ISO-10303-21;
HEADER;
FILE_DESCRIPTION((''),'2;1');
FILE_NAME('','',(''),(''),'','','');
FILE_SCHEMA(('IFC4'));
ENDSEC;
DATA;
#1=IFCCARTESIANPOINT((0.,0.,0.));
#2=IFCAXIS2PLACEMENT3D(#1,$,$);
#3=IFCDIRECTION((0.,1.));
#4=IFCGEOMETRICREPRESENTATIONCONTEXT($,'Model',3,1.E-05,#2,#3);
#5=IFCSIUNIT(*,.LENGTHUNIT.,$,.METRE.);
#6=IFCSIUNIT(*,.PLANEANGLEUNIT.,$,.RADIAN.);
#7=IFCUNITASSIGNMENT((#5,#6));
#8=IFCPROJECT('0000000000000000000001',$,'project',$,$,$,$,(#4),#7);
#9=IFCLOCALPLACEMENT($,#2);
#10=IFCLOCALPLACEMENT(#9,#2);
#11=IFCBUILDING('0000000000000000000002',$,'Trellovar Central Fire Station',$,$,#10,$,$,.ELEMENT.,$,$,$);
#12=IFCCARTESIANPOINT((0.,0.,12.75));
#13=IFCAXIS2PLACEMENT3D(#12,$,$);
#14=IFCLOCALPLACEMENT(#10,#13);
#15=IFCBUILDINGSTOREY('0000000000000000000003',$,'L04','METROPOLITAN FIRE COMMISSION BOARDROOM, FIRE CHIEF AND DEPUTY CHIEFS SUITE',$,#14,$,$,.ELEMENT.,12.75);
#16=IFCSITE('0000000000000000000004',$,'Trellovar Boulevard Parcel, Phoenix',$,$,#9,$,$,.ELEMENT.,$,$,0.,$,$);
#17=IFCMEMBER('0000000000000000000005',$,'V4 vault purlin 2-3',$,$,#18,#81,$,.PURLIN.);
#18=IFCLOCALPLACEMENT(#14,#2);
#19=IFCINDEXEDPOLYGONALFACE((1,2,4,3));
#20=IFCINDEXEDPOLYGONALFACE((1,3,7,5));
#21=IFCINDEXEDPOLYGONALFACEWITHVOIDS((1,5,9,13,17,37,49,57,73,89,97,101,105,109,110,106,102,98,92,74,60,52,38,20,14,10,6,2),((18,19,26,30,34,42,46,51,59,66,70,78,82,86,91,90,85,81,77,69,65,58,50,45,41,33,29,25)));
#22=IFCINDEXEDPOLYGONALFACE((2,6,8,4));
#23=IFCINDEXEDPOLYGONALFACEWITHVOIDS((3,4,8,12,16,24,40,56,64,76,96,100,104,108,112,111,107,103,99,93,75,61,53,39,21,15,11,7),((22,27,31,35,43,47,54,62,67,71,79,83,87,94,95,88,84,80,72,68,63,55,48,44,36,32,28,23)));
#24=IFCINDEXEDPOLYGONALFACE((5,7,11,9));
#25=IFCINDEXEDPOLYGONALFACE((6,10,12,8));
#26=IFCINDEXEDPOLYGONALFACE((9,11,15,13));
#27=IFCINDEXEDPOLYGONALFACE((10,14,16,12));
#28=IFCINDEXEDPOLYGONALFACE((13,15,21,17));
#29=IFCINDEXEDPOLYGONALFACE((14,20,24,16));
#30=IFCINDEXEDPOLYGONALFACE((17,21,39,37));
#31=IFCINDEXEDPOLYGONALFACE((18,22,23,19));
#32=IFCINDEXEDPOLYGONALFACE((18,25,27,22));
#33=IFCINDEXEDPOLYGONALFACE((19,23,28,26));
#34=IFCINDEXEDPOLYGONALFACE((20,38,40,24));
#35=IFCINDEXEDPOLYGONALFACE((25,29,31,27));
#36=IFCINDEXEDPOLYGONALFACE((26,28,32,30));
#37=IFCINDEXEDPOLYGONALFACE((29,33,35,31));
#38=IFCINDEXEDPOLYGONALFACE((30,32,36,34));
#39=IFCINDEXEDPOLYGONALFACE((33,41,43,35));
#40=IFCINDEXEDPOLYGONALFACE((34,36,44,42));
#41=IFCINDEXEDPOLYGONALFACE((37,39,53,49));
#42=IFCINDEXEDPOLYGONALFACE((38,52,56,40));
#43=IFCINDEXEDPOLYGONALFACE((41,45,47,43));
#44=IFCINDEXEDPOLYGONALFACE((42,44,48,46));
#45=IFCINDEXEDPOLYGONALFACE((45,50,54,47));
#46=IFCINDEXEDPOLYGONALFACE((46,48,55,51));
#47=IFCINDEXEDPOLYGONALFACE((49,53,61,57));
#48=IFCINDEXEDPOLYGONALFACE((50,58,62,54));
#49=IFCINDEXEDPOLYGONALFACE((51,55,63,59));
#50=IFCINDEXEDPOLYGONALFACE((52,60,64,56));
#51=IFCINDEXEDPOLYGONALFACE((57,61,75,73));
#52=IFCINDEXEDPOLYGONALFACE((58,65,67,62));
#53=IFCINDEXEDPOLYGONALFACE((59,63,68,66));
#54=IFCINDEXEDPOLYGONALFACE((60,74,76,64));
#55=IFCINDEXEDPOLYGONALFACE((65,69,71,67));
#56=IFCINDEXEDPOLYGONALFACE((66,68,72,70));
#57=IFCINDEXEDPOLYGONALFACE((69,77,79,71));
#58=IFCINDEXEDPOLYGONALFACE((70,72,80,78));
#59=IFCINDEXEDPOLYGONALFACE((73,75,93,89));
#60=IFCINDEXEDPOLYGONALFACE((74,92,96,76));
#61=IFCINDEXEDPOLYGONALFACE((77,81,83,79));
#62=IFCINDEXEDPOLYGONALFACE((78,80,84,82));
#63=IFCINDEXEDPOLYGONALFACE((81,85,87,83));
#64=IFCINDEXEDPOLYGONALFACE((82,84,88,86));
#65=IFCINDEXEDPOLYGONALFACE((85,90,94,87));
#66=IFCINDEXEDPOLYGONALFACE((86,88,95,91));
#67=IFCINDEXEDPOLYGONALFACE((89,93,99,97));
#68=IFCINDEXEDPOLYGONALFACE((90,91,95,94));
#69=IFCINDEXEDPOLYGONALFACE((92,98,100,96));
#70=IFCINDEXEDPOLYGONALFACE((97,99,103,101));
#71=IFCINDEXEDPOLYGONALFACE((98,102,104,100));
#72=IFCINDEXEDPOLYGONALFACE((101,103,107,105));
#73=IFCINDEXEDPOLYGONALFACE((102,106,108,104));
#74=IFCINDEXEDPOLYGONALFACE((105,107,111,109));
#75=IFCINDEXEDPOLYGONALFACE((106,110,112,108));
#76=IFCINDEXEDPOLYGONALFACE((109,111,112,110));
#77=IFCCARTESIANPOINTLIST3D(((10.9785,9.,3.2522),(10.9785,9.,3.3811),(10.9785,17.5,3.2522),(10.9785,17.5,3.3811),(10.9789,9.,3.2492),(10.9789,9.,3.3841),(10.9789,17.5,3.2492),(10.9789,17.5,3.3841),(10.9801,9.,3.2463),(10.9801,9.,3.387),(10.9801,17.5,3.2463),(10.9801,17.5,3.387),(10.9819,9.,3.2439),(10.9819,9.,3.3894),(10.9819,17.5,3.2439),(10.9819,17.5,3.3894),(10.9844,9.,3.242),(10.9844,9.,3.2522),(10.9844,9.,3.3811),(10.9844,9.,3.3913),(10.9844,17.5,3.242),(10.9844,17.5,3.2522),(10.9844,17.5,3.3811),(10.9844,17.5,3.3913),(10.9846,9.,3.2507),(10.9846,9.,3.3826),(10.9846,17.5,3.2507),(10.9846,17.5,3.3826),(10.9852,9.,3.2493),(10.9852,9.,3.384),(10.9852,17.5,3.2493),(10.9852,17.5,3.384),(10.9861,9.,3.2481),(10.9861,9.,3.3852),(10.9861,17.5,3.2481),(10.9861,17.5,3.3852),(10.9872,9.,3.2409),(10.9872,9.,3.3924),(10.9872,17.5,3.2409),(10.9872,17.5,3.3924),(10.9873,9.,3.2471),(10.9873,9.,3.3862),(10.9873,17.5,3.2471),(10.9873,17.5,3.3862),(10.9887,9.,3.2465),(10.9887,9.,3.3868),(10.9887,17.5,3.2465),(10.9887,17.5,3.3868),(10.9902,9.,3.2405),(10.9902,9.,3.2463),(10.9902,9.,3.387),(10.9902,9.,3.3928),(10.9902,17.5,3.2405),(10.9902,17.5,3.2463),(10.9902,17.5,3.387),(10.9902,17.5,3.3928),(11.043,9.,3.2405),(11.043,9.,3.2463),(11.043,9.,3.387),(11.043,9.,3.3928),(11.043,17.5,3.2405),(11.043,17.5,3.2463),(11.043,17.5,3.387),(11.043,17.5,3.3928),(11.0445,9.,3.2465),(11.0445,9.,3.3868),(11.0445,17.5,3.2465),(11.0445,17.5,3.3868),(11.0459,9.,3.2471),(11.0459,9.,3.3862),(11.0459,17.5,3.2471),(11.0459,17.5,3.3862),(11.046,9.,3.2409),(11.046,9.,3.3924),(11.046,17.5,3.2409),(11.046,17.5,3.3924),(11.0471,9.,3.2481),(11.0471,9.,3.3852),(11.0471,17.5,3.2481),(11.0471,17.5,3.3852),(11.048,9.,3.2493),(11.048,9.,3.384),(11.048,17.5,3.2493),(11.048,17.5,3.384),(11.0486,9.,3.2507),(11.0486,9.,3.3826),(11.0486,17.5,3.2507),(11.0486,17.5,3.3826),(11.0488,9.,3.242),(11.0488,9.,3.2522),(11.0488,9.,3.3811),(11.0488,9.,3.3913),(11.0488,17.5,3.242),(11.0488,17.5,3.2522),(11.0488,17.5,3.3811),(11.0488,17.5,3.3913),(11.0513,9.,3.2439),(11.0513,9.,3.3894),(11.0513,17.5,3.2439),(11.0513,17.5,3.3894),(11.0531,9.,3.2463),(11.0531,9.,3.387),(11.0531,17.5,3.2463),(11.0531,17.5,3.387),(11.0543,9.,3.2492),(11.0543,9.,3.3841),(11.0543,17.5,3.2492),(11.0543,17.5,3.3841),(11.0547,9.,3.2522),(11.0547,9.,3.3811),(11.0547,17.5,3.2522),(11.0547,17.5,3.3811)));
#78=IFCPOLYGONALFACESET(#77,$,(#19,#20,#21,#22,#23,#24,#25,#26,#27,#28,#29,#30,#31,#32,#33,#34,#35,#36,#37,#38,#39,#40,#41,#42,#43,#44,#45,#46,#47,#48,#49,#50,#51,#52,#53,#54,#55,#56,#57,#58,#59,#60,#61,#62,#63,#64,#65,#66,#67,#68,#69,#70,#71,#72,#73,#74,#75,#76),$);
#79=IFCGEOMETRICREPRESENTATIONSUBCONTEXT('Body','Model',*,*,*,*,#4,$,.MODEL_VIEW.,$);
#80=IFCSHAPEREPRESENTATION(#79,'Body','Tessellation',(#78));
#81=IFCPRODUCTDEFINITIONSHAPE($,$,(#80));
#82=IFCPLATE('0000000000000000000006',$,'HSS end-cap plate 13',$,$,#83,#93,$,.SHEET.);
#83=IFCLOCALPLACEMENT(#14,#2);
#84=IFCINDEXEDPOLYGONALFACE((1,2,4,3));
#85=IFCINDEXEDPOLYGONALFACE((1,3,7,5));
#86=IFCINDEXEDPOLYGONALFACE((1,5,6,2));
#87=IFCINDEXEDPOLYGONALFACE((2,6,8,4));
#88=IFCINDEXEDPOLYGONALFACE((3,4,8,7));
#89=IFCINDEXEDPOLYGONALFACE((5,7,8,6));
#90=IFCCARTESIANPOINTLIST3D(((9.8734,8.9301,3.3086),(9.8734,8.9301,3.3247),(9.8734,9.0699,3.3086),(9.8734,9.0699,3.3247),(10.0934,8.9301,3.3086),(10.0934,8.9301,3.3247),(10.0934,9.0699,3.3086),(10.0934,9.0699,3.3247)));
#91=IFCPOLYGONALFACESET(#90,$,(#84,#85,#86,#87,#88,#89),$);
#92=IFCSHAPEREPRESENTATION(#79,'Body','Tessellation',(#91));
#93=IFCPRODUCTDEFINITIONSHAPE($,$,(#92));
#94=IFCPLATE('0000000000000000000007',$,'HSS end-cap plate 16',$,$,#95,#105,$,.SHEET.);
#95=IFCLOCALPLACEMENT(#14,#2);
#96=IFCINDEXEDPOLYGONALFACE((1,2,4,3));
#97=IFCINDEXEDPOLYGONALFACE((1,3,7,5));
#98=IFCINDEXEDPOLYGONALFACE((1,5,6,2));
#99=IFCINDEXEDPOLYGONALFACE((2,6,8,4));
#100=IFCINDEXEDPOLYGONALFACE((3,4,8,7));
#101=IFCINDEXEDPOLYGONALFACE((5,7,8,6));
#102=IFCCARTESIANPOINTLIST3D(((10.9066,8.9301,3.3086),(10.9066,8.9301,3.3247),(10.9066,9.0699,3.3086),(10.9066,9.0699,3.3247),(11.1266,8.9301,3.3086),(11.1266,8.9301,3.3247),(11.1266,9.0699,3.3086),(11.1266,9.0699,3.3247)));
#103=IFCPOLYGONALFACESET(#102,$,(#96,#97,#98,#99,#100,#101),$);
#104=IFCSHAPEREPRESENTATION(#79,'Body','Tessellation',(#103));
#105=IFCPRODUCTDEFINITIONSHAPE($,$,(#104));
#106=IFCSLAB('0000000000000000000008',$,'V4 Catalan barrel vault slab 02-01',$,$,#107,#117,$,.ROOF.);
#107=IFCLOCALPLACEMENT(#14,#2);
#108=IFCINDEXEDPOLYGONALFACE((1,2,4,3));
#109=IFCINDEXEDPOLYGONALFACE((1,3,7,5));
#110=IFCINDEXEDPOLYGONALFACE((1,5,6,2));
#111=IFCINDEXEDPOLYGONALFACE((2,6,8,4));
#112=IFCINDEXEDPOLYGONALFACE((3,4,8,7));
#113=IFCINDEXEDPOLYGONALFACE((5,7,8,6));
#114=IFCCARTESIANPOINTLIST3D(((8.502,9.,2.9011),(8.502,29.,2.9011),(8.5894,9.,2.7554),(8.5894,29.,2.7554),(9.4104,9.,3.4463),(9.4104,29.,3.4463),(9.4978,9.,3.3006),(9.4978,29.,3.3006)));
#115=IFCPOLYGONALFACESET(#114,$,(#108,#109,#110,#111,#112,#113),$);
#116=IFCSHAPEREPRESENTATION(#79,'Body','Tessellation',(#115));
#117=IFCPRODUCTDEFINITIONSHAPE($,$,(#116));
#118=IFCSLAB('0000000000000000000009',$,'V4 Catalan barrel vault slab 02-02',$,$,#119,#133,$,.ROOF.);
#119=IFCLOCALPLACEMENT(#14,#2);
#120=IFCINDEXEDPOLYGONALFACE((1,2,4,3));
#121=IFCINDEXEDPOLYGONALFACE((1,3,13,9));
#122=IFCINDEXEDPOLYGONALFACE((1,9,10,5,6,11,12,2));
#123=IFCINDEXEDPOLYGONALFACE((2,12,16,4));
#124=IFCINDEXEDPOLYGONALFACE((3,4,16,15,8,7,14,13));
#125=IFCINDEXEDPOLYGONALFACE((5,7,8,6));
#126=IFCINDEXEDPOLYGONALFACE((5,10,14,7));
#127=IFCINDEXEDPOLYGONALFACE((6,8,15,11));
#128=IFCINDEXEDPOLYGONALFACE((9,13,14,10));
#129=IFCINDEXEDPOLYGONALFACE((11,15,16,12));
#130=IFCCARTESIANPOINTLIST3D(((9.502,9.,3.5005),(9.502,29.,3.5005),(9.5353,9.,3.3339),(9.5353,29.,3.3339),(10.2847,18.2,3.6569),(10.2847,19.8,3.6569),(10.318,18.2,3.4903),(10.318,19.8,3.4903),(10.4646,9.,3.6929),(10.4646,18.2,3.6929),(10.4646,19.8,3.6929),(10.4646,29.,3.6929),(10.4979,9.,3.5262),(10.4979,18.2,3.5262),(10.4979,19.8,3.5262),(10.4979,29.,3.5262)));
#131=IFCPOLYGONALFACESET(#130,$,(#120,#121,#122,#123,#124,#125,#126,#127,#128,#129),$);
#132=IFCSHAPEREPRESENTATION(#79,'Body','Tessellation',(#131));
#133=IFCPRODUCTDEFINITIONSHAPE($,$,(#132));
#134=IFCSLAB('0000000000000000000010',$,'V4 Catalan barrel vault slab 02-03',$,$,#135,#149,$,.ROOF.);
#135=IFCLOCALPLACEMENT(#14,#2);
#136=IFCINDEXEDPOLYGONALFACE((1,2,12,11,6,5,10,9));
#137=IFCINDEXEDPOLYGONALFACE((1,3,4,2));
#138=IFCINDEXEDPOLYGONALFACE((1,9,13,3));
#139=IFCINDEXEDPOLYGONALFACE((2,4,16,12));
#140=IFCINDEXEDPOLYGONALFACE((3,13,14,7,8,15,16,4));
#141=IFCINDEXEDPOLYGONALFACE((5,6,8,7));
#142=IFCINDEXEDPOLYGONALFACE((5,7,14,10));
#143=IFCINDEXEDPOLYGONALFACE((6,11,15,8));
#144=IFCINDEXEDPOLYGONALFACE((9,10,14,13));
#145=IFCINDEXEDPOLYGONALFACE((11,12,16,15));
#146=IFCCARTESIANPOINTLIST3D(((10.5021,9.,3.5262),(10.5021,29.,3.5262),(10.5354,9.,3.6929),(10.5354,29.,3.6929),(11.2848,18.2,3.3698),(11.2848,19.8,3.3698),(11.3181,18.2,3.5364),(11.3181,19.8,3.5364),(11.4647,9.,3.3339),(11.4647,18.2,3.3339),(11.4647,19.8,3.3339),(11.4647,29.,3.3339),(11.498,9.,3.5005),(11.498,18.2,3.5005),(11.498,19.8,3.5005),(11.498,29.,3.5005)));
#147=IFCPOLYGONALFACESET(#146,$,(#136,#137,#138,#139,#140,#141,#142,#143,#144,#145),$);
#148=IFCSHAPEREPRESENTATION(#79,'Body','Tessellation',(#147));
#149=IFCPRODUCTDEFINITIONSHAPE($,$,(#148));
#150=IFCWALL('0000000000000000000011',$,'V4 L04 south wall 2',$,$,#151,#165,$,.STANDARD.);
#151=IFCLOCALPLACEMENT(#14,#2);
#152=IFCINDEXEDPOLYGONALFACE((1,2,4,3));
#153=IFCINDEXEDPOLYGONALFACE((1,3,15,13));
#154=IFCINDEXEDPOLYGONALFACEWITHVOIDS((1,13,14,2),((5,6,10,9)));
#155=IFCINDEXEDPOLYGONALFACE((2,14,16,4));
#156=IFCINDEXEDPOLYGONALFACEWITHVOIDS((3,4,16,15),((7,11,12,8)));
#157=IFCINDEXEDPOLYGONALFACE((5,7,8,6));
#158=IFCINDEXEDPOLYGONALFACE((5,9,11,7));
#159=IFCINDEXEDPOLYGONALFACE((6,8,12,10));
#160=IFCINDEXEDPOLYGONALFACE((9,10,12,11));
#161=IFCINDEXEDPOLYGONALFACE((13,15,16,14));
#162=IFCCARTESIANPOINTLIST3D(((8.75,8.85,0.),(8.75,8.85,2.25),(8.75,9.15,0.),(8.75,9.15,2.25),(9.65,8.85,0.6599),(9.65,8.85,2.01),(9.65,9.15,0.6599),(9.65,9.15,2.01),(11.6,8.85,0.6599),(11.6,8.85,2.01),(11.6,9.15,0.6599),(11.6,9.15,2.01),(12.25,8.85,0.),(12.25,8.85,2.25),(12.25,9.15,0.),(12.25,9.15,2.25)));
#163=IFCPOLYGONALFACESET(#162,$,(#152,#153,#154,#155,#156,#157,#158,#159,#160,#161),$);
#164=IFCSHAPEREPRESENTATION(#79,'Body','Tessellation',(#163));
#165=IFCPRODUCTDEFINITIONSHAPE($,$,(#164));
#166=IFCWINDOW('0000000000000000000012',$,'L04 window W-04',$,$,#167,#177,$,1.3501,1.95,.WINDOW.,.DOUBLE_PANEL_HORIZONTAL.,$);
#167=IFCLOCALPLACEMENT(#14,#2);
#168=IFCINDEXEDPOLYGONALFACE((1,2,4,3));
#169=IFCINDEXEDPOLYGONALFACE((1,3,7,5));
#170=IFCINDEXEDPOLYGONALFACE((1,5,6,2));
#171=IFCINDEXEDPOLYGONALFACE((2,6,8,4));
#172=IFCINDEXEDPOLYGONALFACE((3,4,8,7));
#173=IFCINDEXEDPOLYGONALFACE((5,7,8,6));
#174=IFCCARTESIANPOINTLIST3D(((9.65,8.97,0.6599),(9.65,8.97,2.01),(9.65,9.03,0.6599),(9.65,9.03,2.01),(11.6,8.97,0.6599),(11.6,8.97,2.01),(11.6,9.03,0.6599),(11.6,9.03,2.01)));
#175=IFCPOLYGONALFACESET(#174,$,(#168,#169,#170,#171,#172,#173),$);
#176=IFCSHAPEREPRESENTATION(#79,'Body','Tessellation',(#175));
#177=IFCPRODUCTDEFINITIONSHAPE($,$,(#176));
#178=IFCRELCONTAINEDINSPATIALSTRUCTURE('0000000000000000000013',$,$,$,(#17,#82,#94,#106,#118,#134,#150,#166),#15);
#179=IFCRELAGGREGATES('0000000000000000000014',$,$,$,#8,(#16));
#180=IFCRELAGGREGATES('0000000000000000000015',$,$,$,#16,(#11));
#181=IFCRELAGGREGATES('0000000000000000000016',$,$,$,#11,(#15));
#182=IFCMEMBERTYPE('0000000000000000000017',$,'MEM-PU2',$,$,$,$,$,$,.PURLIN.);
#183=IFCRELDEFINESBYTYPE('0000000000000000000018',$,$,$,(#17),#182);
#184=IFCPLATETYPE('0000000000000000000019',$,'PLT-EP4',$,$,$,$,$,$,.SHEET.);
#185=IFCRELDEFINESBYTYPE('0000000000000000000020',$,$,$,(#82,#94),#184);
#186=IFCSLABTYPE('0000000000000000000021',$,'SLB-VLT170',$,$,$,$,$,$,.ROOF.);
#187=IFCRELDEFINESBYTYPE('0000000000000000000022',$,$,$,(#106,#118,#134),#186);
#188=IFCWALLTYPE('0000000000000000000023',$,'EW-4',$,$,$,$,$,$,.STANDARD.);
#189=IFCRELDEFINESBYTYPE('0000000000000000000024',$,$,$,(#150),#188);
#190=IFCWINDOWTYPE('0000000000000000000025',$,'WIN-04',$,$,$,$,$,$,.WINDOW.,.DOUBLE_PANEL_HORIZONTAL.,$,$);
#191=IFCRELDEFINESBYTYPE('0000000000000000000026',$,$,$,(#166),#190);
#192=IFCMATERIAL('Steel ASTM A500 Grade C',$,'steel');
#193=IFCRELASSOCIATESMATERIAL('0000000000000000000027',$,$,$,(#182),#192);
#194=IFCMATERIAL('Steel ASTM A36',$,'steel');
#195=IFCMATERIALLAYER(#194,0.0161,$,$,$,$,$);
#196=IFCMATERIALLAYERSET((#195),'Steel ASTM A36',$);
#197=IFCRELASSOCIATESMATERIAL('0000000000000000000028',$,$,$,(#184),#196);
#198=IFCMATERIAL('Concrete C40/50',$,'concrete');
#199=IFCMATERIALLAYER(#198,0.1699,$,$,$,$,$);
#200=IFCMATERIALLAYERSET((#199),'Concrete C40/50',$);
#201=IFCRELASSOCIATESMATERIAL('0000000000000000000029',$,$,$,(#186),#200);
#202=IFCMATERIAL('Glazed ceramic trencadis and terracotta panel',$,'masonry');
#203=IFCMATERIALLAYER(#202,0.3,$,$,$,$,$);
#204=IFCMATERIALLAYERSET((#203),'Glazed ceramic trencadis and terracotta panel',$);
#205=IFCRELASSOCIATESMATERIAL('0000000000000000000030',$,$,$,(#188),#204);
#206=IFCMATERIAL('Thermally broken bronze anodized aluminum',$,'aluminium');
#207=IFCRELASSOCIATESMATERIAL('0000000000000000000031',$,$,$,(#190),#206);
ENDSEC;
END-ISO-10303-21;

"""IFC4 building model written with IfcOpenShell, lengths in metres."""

from ifc_helpers import new_model, si_unit, direction, frame, frame_2d, origin, origin_2d, place, context, subcontext, project, spatial, polyline, rectangle, hollow_rectangle, outline, extrude, material, layer, layer_set, material_profile, profile_set, type_object, element, fill, save


model = new_model("IFC4")

# Units and contexts
model_context = context("Model", 3, precision=1e-05, world=origin(), true_north=direction((0.0, 1.0)))
body_context = subcontext(model_context, "Body", "Model", "MODEL_VIEW")
ifc_project = project(units=[si_unit("LENGTHUNIT", "METRE"), si_unit("PLANEANGLEUNIT", "RADIAN")], contexts=[model_context])

# Site, building, storey
site_placement = place(None, origin())
site = spatial("IfcSite", under=ifc_project, at=site_placement, Name="Trellovar Boulevard Parcel, Phoenix", CompositionType="ELEMENT", RefElevation=0.0)
building_placement = place(site_placement, origin())
building = spatial("IfcBuilding", under=site, at=building_placement, Name="Trellovar Central Fire Station", CompositionType="ELEMENT")
storey_placement = place(building_placement, frame((0.0, 0.0, 12.75)))
storey = spatial("IfcBuildingStorey", under=building, at=storey_placement, Name="L04", Description="METROPOLITAN FIRE COMMISSION BOARDROOM, FIRE CHIEF AND DEPUTY CHIEFS SUITE", CompositionType="ELEMENT", Elevation=12.75)

# Member
ifc_material_1 = material(Name="Steel ASTM A500 Grade C", Category="steel")
ifc_material_profile_1 = material_profile(ifc_material_1, hollow_rectangle(XDim=0.0762, YDim=0.1523, WallThickness=0.0059, InnerFilletRadius=0.0059, OuterFilletRadius=0.0117, at=origin_2d()), Name="HSS6X3X1/4")
ifc_profile_set_1 = profile_set([ifc_material_profile_1], Name="Steel ASTM A500 Grade C")
member_type_1 = type_object("IfcMemberType", Name="MEM-PU2", PredefinedType="PURLIN", material=ifc_profile_set_1)
for number, where, z_axis, x_axis, name in (
    (1, (11.0166, 9.0, 3.3167), (0.0, 1.0, 0.0), (-1.0, 0.0, 0.0), "V4 vault purlin 2-3"),
):
    element("IfcMember", number, at=place(storey_placement, frame(where, z_axis=z_axis, x_axis=x_axis)), inside=storey, type_object=member_type_1, Name=name, PredefinedType="PURLIN", context=body_context, shape_type="SweptSolid", body=[
        extrude(hollow_rectangle(XDim=0.0762, YDim=0.1523, WallThickness=0.0059, InnerFilletRadius=0.0059, OuterFilletRadius=0.0117, at=origin_2d()), origin(), (0.0, 0.0, 1.0), 8.5),
    ])

# Plates
ifc_material_2 = material(Name="Steel ASTM A36", Category="steel")
ifc_layer_1 = layer(ifc_material_2, 0.0161)
ifc_layer_set_1 = layer_set([ifc_layer_1], Name="Steel ASTM A36")
plate_type = type_object("IfcPlateType", Name="PLT-EP4", PredefinedType="SHEET", material=ifc_layer_set_1)
for number, where, z_axis, x_axis, name in (
    (2, (9.9834, 9.0, 3.3086), (0.0, 0.0, 1.0), (1.0, 0.0, 0.0), "HSS end-cap plate 13"),
    (3, (11.0166, 9.0, 3.3086), (0.0, 0.0, 1.0), (1.0, 0.0, 0.0), "HSS end-cap plate 16"),
):
    element("IfcPlate", number, at=place(storey_placement, frame(where, z_axis=z_axis, x_axis=x_axis)), inside=storey, type_object=plate_type, Name=name, PredefinedType="SHEET", context=body_context, shape_type="SweptSolid", body=[
        extrude(rectangle(XDim=0.22, YDim=0.1399, at=origin_2d()), origin(), (0.0, 0.0, 1.0), 0.0161),
    ])

# Slabs
ifc_material_3 = material(Name="Concrete C40/50", Category="concrete")
ifc_layer_2 = layer(ifc_material_3, 0.1699)
ifc_layer_set_2 = layer_set([ifc_layer_2], Name="Concrete C40/50")
slab_type = type_object("IfcSlabType", Name="SLB-VLT170", PredefinedType="ROOF", material=ifc_layer_set_2)
slab_placement = place(storey_placement, frame((8.502, 9.0, 2.9011), z_axis=(-0.514564, 0.0, 0.857452), x_axis=(0.857452, 0.0, 0.514564)))
element("IfcSlab", 4, at=slab_placement, inside=storey, type_object=slab_type, Name="V4 Catalan barrel vault slab 02-01", PredefinedType="ROOF", context=body_context, shape_type="SweptSolid", body=[
    extrude(outline(polyline([(0.0, 0.0), (1.0595, 0.0), (1.0595, 20.0), (0.0, 20.0), (0.0, 0.0)])), origin(), (0.0, 0.0, -1.0), 0.1699),
])
for number, where, z_axis, x_axis, name in (
    (5, (9.502, 9.0, 3.5005), (-0.195978, 0.0, 0.980608), (0.980608, 0.0, 0.195978), "V4 Catalan barrel vault slab 02-02"),
    (6, (10.5354, 9.0, 3.6929), (0.195978, 0.0, 0.980608), (0.980608, 0.0, -0.195978), "V4 Catalan barrel vault slab 02-03"),
):
    element("IfcSlab", number, at=place(storey_placement, frame(where, z_axis=z_axis, x_axis=x_axis)), inside=storey, type_object=slab_type, Name=name, PredefinedType="ROOF", context=body_context, shape_type="SweptSolid", body=[
        extrude(outline(polyline([(0.0, 0.0), (0.9817, 0.0), (0.9817, 9.2), (0.7982, 9.2), (0.7982, 10.8), (0.9817, 10.8), (0.9817, 20.0), (0.0, 20.0), (0.0, 0.0)])), origin(), (0.0, 0.0, -1.0), 0.1699),
    ])

# Wall, opening, window
ifc_material_4 = material(Name="Glazed ceramic trencadis and terracotta panel", Category="masonry")
ifc_layer_3 = layer(ifc_material_4, 0.3)
ifc_layer_set_3 = layer_set([ifc_layer_3], Name="Glazed ceramic trencadis and terracotta panel")
wall_type_1 = type_object("IfcWallType", Name="EW-4", PredefinedType="STANDARD", material=ifc_layer_set_3)
wall_1_placement = place(storey_placement, frame((8.75, 9.0, 0.0), z_axis=(0.0, 0.0, 1.0), x_axis=(1.0, 0.0, 0.0)))
wall_1 = element("IfcWall", 7, at=wall_1_placement, inside=storey, type_object=wall_type_1, Name="V4 L04 south wall 2", PredefinedType="STANDARD", context=body_context, shape_type="SweptSolid", body=[
    extrude(rectangle(XDim=3.5, YDim=0.3, at=frame_2d((1.75, 0.0))), origin(), (0.0, 0.0, 1.0), 2.25),
])
opening_1_placement = place(wall_1_placement, frame((0.8999, 0.0, 0.6599)))
opening_1 = element("IfcOpeningElement", 8, at=opening_1_placement, cuts=wall_1, PredefinedType="OPENING", context=body_context, shape_type="SweptSolid", body=[
    extrude(rectangle(XDim=1.95, YDim=1.3501, at=frame_2d((0.9751, 0.675))), frame((0.0, 0.1599, 0.0), z_axis=(0.0, -1.0, 0.0), x_axis=(1.0, 0.0, 0.0)), (0.0, 0.0, 1.0), 0.3201),
])
ifc_material_5 = material(Name="Thermally broken bronze anodized aluminum", Category="aluminium")
window_type = type_object("IfcWindowType", Name="WIN-04", PartitioningType="DOUBLE_PANEL_HORIZONTAL", PredefinedType="WINDOW", material=ifc_material_5)
window_placement = place(opening_1_placement, origin())
window = element("IfcWindow", 9, at=window_placement, inside=storey, type_object=window_type, Name="L04 window W-04", OverallHeight=1.3501, OverallWidth=1.95, PartitioningType="DOUBLE_PANEL_HORIZONTAL", PredefinedType="WINDOW", context=body_context, shape_type="SweptSolid", body=[
    extrude(rectangle(XDim=1.95, YDim=1.3501, at=frame_2d((0.9751, 0.675))), frame((0.0, 0.03, 0.0), z_axis=(0.0, -1.0, 0.0), x_axis=(1.0, 0.0, 0.0)), (0.0, 0.0, 1.0), 0.0601),
])
fill(opening_1, window)

save(model, "model.ifc")
